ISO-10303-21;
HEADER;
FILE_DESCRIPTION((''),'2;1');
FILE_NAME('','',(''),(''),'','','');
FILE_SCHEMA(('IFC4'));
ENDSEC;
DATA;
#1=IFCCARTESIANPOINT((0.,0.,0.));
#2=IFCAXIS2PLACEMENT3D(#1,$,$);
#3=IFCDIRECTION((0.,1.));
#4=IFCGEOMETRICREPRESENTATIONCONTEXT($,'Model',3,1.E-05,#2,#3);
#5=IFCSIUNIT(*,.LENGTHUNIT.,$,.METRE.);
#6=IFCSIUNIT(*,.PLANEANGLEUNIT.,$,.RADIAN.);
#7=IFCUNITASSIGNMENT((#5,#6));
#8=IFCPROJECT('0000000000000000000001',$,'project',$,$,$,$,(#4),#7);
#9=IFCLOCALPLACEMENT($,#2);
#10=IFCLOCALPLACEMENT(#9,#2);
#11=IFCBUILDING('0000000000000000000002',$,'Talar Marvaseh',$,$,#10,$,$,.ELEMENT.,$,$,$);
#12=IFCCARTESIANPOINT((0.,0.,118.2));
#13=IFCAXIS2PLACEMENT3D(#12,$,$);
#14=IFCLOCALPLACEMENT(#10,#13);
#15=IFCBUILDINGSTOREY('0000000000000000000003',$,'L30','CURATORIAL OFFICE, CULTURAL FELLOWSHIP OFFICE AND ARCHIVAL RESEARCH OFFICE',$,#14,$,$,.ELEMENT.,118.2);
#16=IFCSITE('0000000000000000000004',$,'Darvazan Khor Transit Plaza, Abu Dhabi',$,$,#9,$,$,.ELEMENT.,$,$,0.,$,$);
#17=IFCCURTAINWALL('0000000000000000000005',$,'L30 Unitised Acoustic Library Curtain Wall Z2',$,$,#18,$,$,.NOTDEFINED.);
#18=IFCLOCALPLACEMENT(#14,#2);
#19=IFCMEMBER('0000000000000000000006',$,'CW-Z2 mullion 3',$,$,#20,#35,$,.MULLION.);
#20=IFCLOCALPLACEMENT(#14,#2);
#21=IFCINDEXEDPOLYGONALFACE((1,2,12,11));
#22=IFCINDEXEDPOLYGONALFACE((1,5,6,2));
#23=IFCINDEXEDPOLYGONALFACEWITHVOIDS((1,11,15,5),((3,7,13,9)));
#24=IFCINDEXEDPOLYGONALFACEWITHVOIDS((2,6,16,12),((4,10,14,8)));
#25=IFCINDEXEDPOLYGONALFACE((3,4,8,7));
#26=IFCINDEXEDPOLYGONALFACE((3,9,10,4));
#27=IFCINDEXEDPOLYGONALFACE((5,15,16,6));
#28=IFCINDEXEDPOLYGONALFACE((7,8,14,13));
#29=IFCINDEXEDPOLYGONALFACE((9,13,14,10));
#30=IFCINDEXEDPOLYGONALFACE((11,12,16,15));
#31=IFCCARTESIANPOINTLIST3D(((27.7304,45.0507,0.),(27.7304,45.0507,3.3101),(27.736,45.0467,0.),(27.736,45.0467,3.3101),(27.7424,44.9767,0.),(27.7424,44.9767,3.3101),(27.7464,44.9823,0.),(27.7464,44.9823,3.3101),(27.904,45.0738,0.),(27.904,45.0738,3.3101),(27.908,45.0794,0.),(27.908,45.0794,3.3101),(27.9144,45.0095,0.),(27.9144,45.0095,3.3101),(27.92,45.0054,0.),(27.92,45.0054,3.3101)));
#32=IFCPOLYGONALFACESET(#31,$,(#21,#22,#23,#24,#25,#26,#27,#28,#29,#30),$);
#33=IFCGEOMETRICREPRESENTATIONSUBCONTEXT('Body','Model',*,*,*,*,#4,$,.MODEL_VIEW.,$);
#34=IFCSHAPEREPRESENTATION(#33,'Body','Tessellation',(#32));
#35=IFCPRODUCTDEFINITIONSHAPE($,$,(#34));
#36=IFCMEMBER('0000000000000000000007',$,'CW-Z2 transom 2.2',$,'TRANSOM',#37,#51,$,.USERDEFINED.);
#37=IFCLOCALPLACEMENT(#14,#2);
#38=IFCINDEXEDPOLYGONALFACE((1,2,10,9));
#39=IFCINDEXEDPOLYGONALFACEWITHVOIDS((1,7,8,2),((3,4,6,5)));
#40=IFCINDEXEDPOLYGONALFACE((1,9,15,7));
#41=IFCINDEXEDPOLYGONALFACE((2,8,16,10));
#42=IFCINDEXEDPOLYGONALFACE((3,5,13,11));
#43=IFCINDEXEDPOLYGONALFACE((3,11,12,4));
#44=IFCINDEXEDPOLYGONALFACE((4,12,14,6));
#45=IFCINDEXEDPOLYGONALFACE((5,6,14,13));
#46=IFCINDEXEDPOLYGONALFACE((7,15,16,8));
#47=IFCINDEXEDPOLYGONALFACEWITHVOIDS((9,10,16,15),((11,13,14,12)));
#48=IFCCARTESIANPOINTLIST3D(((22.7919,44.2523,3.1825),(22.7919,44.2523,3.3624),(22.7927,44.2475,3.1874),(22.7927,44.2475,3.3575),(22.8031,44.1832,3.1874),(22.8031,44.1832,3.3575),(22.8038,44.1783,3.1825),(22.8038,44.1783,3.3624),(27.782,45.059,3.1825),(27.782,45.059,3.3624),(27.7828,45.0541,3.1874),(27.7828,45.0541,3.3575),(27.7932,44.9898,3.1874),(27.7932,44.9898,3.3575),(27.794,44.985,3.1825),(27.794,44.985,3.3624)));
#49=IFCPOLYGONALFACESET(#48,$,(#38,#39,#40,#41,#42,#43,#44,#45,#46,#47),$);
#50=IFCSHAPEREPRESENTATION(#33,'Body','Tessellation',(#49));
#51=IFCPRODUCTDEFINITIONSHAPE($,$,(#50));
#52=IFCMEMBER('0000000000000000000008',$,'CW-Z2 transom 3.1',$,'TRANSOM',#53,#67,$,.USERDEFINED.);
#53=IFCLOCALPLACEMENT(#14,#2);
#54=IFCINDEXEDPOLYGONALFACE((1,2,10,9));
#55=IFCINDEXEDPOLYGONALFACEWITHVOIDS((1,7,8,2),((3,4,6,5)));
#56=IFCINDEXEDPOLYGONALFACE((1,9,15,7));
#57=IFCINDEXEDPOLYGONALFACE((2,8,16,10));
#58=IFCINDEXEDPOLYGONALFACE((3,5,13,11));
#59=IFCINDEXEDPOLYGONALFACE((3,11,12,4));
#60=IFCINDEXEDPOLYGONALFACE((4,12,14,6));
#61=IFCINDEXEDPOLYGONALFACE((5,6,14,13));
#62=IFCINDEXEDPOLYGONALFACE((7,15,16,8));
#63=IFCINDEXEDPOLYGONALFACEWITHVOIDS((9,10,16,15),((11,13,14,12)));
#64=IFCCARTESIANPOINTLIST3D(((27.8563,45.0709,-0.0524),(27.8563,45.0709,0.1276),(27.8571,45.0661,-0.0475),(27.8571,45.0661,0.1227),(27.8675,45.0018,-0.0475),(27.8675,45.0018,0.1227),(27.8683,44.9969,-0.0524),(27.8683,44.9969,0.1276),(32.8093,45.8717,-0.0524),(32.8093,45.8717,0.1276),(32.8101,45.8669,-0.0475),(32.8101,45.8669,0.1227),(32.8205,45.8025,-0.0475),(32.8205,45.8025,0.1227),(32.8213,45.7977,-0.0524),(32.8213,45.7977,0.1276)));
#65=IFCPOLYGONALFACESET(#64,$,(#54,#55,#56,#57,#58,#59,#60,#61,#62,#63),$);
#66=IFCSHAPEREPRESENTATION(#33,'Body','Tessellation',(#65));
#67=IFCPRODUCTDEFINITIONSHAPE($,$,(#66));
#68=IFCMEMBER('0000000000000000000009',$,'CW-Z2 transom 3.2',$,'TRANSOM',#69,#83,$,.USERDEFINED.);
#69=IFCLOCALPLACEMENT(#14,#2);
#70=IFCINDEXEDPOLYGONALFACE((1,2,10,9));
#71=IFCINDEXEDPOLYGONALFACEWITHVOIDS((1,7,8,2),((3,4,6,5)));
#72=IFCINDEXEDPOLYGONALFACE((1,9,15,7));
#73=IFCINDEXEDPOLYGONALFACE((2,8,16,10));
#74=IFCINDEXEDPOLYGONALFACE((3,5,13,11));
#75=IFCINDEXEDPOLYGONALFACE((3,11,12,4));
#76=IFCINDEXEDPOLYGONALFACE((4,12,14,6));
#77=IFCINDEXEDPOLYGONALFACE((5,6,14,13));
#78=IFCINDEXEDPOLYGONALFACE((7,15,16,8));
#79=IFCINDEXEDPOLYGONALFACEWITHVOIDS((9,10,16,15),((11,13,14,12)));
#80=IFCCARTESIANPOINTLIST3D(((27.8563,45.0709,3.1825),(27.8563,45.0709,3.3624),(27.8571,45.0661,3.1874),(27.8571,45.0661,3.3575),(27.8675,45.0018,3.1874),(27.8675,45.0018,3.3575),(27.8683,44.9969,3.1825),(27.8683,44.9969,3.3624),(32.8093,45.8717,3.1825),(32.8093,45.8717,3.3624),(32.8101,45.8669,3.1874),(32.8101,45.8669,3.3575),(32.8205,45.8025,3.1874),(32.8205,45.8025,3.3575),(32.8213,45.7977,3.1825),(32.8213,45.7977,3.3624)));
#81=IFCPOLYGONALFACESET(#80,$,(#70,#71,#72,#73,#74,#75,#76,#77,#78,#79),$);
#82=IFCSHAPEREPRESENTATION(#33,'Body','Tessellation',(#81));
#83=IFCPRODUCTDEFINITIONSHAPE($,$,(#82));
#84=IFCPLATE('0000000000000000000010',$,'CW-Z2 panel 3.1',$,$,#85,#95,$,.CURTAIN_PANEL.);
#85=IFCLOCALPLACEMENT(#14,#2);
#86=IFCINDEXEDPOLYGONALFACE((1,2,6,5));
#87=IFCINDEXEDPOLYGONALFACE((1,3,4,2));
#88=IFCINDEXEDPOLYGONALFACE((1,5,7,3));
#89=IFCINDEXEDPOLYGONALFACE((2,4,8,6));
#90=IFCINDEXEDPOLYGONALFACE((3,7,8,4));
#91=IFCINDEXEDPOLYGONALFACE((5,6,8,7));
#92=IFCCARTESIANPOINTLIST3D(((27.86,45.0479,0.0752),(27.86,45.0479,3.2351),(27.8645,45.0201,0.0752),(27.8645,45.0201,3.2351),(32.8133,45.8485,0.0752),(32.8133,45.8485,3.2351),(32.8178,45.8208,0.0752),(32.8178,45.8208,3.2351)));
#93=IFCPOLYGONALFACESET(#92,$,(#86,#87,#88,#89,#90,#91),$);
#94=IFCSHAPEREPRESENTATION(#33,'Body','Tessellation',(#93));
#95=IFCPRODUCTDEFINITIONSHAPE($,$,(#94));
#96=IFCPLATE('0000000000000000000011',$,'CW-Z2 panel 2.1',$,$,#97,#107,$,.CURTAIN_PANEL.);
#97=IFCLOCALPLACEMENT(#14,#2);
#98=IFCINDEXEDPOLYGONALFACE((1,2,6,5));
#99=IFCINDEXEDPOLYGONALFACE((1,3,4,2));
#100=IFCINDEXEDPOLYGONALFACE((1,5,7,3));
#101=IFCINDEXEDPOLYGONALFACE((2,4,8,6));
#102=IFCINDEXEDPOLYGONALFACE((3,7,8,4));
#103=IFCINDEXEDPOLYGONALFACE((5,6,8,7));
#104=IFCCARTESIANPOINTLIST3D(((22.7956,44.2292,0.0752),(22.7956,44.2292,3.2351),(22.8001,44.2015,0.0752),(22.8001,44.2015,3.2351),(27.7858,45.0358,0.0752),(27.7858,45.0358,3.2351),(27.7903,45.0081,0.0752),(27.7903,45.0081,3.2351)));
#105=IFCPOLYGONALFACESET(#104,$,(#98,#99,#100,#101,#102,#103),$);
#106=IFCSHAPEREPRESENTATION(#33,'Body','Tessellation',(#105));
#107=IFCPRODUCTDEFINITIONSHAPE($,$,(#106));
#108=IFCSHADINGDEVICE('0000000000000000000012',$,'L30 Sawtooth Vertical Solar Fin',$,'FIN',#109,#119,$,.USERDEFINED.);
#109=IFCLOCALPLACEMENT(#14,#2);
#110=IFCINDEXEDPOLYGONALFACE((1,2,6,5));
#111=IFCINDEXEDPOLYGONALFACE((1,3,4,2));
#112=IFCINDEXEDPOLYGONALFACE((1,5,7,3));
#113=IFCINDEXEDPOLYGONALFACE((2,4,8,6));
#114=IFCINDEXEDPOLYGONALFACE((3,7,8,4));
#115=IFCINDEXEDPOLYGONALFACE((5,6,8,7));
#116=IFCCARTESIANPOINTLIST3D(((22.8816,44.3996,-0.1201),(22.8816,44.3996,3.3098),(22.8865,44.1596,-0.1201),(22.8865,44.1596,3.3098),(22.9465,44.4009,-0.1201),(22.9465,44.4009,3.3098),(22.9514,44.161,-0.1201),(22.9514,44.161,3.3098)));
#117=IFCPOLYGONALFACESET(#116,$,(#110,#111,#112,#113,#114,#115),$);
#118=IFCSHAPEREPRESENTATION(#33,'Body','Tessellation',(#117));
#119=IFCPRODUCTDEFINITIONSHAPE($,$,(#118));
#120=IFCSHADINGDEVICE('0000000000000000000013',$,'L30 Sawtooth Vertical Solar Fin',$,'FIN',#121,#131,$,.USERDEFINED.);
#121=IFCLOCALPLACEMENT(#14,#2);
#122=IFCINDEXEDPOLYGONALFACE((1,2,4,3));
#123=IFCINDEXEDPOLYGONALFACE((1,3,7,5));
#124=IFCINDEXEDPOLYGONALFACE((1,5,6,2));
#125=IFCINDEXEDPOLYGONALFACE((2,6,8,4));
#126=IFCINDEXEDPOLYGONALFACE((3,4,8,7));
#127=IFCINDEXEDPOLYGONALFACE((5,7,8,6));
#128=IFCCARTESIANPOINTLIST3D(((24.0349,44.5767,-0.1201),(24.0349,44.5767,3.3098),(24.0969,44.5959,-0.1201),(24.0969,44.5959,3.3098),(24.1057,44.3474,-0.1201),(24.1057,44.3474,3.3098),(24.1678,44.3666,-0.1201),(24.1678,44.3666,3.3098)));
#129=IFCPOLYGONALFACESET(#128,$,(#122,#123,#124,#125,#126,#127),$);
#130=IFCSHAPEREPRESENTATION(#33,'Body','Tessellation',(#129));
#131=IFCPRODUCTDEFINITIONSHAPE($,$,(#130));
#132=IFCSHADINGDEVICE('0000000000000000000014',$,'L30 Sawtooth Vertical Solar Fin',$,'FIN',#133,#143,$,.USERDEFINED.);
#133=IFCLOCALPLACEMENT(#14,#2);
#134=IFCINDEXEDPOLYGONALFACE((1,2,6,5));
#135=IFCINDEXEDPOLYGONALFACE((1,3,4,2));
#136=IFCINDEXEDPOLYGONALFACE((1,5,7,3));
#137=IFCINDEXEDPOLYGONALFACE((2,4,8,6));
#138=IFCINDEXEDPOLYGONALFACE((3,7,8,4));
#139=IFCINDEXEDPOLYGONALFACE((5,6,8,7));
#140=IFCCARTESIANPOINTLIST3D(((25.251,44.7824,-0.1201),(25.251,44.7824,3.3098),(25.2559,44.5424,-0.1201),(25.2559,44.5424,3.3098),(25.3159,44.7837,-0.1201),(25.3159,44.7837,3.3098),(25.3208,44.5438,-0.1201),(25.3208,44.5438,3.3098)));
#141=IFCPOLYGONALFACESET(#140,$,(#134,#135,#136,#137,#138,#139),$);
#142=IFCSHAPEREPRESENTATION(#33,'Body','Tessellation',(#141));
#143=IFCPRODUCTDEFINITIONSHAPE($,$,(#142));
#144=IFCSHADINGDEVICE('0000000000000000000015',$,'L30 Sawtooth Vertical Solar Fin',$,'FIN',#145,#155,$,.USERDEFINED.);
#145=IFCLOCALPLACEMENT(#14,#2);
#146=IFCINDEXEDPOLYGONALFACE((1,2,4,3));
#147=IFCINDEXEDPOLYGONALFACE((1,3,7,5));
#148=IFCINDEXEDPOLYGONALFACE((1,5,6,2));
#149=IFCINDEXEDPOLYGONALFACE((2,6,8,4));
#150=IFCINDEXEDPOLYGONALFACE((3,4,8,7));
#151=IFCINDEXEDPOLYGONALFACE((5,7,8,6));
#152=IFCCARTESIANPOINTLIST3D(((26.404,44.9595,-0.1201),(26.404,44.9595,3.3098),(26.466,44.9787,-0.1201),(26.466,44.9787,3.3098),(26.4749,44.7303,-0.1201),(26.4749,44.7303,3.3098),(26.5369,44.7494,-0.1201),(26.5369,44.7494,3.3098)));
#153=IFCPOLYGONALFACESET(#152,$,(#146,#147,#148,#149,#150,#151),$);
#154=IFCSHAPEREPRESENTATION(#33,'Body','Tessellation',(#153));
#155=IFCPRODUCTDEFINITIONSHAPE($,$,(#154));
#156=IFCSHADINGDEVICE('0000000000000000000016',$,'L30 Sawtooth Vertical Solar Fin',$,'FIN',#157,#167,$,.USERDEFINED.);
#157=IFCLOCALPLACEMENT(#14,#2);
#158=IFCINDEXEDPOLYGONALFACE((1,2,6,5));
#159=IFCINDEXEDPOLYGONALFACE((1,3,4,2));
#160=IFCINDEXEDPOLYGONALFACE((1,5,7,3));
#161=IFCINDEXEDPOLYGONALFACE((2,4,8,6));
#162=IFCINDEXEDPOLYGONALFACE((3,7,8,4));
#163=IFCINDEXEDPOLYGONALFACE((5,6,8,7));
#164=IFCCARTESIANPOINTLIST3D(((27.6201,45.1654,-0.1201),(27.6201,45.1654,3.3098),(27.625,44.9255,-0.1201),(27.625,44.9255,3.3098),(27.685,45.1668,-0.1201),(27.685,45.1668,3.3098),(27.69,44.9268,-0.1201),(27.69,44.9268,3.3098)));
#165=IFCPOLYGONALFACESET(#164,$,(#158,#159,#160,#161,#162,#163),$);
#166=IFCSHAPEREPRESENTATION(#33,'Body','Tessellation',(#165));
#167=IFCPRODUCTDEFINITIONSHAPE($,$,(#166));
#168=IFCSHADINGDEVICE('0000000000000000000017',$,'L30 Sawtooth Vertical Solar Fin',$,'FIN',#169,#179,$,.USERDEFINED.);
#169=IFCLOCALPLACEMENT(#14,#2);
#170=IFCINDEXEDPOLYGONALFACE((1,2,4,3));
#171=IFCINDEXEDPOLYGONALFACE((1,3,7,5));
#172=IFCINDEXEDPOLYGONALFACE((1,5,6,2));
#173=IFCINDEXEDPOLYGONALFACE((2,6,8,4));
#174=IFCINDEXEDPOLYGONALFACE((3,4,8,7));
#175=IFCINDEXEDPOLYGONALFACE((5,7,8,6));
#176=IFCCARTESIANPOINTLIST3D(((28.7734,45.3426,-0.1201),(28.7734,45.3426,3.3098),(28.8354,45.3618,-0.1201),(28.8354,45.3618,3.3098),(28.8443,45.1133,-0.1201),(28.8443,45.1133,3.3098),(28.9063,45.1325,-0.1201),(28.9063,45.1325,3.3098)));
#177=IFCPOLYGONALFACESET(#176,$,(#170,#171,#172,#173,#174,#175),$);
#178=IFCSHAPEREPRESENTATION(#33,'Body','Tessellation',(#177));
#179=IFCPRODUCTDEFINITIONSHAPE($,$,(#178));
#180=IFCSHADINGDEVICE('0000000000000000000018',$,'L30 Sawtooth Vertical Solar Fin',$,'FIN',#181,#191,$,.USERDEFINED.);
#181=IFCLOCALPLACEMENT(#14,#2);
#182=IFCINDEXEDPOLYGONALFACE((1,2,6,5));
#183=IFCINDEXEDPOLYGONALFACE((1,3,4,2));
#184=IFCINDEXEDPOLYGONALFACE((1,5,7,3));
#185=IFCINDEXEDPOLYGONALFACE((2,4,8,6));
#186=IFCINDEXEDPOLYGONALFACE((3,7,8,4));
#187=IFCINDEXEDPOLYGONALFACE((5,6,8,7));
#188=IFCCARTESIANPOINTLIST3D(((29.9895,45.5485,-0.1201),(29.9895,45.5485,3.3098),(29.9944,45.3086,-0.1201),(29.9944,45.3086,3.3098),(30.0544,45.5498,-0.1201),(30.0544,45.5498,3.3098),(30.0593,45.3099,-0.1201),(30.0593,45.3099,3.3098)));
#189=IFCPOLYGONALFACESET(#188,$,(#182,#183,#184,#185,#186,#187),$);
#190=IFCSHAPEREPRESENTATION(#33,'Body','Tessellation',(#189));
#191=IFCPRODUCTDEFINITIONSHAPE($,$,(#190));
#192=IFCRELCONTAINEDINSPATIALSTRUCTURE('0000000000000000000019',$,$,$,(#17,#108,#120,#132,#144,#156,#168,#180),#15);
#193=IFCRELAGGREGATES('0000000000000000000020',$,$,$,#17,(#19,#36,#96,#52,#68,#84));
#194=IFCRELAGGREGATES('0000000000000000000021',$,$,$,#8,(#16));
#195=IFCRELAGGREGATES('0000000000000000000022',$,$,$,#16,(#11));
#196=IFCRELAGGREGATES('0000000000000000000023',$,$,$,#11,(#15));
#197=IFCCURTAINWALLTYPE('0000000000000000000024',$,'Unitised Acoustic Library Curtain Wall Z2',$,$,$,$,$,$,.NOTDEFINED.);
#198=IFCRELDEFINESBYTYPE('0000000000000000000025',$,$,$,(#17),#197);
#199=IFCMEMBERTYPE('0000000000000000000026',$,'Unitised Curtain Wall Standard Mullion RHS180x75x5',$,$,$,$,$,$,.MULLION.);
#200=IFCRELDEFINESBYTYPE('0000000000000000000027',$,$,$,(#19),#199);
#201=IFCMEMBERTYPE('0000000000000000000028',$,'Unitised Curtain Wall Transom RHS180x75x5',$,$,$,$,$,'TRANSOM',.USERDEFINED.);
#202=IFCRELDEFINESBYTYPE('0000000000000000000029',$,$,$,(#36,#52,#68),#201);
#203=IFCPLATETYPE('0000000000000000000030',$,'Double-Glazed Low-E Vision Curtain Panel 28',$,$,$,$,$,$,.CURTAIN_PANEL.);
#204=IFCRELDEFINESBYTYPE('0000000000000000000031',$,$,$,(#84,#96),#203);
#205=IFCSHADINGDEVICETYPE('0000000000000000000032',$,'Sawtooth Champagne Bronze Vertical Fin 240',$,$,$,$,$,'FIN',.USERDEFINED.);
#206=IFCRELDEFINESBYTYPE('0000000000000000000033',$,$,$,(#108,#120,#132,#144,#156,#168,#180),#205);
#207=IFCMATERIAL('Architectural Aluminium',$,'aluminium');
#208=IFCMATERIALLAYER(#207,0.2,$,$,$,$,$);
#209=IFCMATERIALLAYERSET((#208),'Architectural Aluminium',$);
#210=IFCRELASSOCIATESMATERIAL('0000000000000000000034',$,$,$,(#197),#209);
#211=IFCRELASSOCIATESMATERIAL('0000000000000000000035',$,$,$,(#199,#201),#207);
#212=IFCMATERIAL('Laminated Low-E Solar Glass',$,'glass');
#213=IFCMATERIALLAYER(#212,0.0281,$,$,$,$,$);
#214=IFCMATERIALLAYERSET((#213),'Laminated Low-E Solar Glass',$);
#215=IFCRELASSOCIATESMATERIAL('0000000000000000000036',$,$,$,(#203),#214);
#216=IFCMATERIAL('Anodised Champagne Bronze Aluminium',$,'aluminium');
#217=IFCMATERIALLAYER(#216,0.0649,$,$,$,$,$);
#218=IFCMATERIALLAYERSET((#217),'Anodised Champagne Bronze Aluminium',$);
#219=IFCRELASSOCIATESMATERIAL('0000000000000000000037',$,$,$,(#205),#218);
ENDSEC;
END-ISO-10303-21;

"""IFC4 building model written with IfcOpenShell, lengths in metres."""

from ifc_helpers import new_model, si_unit, direction, frame, origin, origin_2d, place, context, subcontext, project, spatial, rectangle, hollow_rectangle, extrude, source, transform, mapped, material, layer, layer_set, material_profile, profile_set, type_object, type_shapes, element, aggregate, save


model = new_model("IFC4")

# Units and contexts
model_context = context("Model", 3, precision=1e-05, world=origin(), true_north=direction((0.0, 1.0)))
body_context = subcontext(model_context, "Body", "Model", "MODEL_VIEW")
ifc_project = project(units=[si_unit("LENGTHUNIT", "METRE"), si_unit("PLANEANGLEUNIT", "RADIAN")], contexts=[model_context])

# Site, building, storey
site_placement = place(None, origin())
site = spatial("IfcSite", under=ifc_project, at=site_placement, Name="Darvazan Khor Transit Plaza, Abu Dhabi", CompositionType="ELEMENT", RefElevation=0.0)
building_placement = place(site_placement, origin())
building = spatial("IfcBuilding", under=site, at=building_placement, Name="Talar Marvaseh", CompositionType="ELEMENT")
storey_placement = place(building_placement, frame((0.0, 0.0, 118.2)))
storey = spatial("IfcBuildingStorey", under=building, at=storey_placement, Name="L30", Description="CURATORIAL OFFICE, CULTURAL FELLOWSHIP OFFICE AND ARCHIVAL RESEARCH OFFICE", CompositionType="ELEMENT", Elevation=118.2)

# Curtain wall, members, plates
ifc_material_1 = material(Name="Architectural Aluminium", Category="aluminium")
ifc_layer_1 = layer(ifc_material_1, 0.2)
ifc_layer_set_1 = layer_set([ifc_layer_1], Name="Architectural Aluminium")
curtain_wall_type = type_object("IfcCurtainWallType", Name="Unitised Acoustic Library Curtain Wall Z2", PredefinedType="NOTDEFINED", material=ifc_layer_set_1)
curtain_wall_placement = place(storey_placement, origin())
curtain_wall = element("IfcCurtainWall", 1, at=curtain_wall_placement, inside=storey, type_object=curtain_wall_type, Name="L30 Unitised Acoustic Library Curtain Wall Z2", PredefinedType="NOTDEFINED")
ifc_material_profile_1 = material_profile(ifc_material_1, hollow_rectangle(XDim=0.075, YDim=0.1799, WallThickness=0.0049, at=origin_2d()), Name="RHS180x75x5")
ifc_profile_set_1 = profile_set([ifc_material_profile_1], Name="Architectural Aluminium")
member_type_1 = type_object("IfcMemberType", Name="Unitised Curtain Wall Standard Mullion RHS180x75x5", PredefinedType="MULLION", material=ifc_profile_set_1)
shared_shape_1 = source(origin(), body_context, "Body", "SweptSolid", [
    extrude(hollow_rectangle(XDim=0.075, YDim=0.1799, WallThickness=0.0049, at=origin_2d()), origin(), (0.0, 0.0, 1.0), 3.3101),
])
type_shapes(member_type_1, [shared_shape_1])
member_1_placement = place(storey_placement, frame((27.8252, 45.0281, 0.0), z_axis=(0.0, 0.0, 1.0), x_axis=(-0.15957, 0.987187, 0.0)))
member_1 = element("IfcMember", 2, at=member_1_placement, type_object=member_type_1, Name="CW-Z2 mullion 3", PredefinedType="MULLION", context=body_context, shape_type="MappedRepresentation", body=[
    mapped(shared_shape_1, transform((0.0, 0.0, 0.0), x_axis=(1.0, 0.0, 0.0), y_axis=(0.0, 1.0, 0.0), z_axis=(0.0, 0.0, 1.0), scale=1.0)),
])
ifc_material_profile_2 = material_profile(ifc_material_1, hollow_rectangle(XDim=0.075, YDim=0.1799, WallThickness=0.0049, at=origin_2d()), Name="RHS180x75x5")
ifc_profile_set_2 = profile_set([ifc_material_profile_2], Name="Architectural Aluminium")
member_type_2 = type_object("IfcMemberType", Name="Unitised Curtain Wall Transom RHS180x75x5", ElementType="TRANSOM", PredefinedType="USERDEFINED", material=ifc_profile_set_2)
shared_shape_2 = source(origin(), body_context, "Body", "SweptSolid", [
    extrude(hollow_rectangle(XDim=0.075, YDim=0.1799, WallThickness=0.0049, at=origin_2d()), origin(), (0.0, 0.0, 1.0), 5.0549),
])
member_2_placement = place(storey_placement, frame((22.7979, 44.2153, 3.2725), z_axis=(0.987186, 0.159573, 0.0), x_axis=(-0.159573, 0.987186, 0.0)))
member_2 = element("IfcMember", 3, at=member_2_placement, type_object=member_type_2, Name="CW-Z2 transom 2.2", ObjectType="TRANSOM", PredefinedType="USERDEFINED", context=body_context, shape_type="MappedRepresentation", body=[
    mapped(shared_shape_2, transform((0.0, 0.0, 0.0), x_axis=(1.0, 0.0, 0.0), y_axis=(0.0, 1.0, 0.0), z_axis=(0.0, 0.0, 1.0), scale=1.0)),
])
shared_shape_3 = source(origin(), body_context, "Body", "SweptSolid", [
    extrude(hollow_rectangle(XDim=0.075, YDim=0.1799, WallThickness=0.0049, at=origin_2d()), origin(), (0.0, 0.0, 1.0), 5.0173),
])
type_shapes(member_type_2, [shared_shape_2, shared_shape_3])
member_3_placement = place(storey_placement, frame((27.8623, 45.0339, 0.0376), z_axis=(0.987182, 0.1596, 0.0), x_axis=(-0.1596, 0.987182, 0.0)))
member_3 = element("IfcMember", 4, at=member_3_placement, type_object=member_type_2, Name="CW-Z2 transom 3.1", ObjectType="TRANSOM", PredefinedType="USERDEFINED", context=body_context, shape_type="MappedRepresentation", body=[
    mapped(shared_shape_3, transform((0.0, 0.0, 0.0), x_axis=(1.0, 0.0, 0.0), y_axis=(0.0, 1.0, 0.0), z_axis=(0.0, 0.0, 1.0), scale=1.0)),
])
member_4_placement = place(storey_placement, frame((27.8623, 45.0339, 3.2725), z_axis=(0.987182, 0.1596, 0.0), x_axis=(-0.1596, 0.987182, 0.0)))
member_4 = element("IfcMember", 5, at=member_4_placement, type_object=member_type_2, Name="CW-Z2 transom 3.2", ObjectType="TRANSOM", PredefinedType="USERDEFINED", context=body_context, shape_type="MappedRepresentation", body=[
    mapped(shared_shape_3, transform((0.0, 0.0, 0.0), x_axis=(1.0, 0.0, 0.0), y_axis=(0.0, 1.0, 0.0), z_axis=(0.0, 0.0, 1.0), scale=1.0)),
])
ifc_material_2 = material(Name="Laminated Low-E Solar Glass", Category="glass")
ifc_layer_2 = layer(ifc_material_2, 0.0281)
ifc_layer_set_2 = layer_set([ifc_layer_2], Name="Laminated Low-E Solar Glass")
plate_type = type_object("IfcPlateType", Name="Double-Glazed Low-E Vision Curtain Panel 28", PredefinedType="CURTAIN_PANEL", material=ifc_layer_set_2)
shared_shape_4 = source(origin(), body_context, "Body", "SweptSolid", [
    extrude(rectangle(XDim=5.0176, YDim=0.0281, at=origin_2d()), origin(), (0.0, 0.0, 1.0), 3.1599),
])
plate_1_placement = place(storey_placement, frame((30.3389, 45.4343, 0.0752), z_axis=(0.0, 0.0, 1.0), x_axis=(0.987187, 0.15957, 0.0)))
plate_1 = element("IfcPlate", 6, at=plate_1_placement, type_object=plate_type, Name="CW-Z2 panel 3.1", PredefinedType="CURTAIN_PANEL", context=body_context, shape_type="MappedRepresentation", body=[
    mapped(shared_shape_4, transform((0.0, 0.0, 0.0), x_axis=(1.0, 0.0, 0.0), y_axis=(0.0, 1.0, 0.0), z_axis=(0.0, 0.0, 1.0), scale=1.0)),
])
shared_shape_5 = source(origin(), body_context, "Body", "SweptSolid", [
    extrude(rectangle(XDim=5.0549, YDim=0.0281, at=origin_2d()), origin(), (0.0, 0.0, 1.0), 3.1599),
])
type_shapes(plate_type, [shared_shape_4, shared_shape_5])
plate_2_placement = place(storey_placement, frame((25.293, 44.6187, 0.0752), z_axis=(0.0, 0.0, 1.0), x_axis=(0.987187, 0.15957, 0.0)))
plate_2 = element("IfcPlate", 7, at=plate_2_placement, type_object=plate_type, Name="CW-Z2 panel 2.1", PredefinedType="CURTAIN_PANEL", context=body_context, shape_type="MappedRepresentation", body=[
    mapped(shared_shape_5, transform((0.0, 0.0, 0.0), x_axis=(1.0, 0.0, 0.0), y_axis=(0.0, 1.0, 0.0), z_axis=(0.0, 0.0, 1.0), scale=1.0)),
])
aggregate(curtain_wall, [member_1, member_2, plate_2, member_3, member_4, plate_1])

# Shading devices
ifc_material_3 = material(Name="Anodised Champagne Bronze Aluminium", Category="aluminium")
ifc_layer_3 = layer(ifc_material_3, 0.0649)
ifc_layer_set_3 = layer_set([ifc_layer_3], Name="Anodised Champagne Bronze Aluminium")
shading_device_type = type_object("IfcShadingDeviceType", Name="Sawtooth Champagne Bronze Vertical Fin 240", ElementType="FIN", PredefinedType="USERDEFINED", material=ifc_layer_set_3)
shared_shape_6 = source(origin(), body_context, "Body", "SweptSolid", [
    extrude(rectangle(XDim=0.24, YDim=0.0649, at=origin_2d()), origin(), (0.0, 0.0, 1.0), 3.4299),
])
type_shapes(shading_device_type, [shared_shape_6])
for number, where, z_axis, x_axis, name in (
    (8, (22.9165, 44.2803, -0.1201), (0.0, 0.0, 1.0), (-0.020593, 0.999788, 0.0), "L30 Sawtooth Vertical Solar Fin"),
    (9, (24.1013, 44.4717, -0.1201), (0.0, 0.0, 1.0), (-0.295375, 0.955382, 0.0), "L30 Sawtooth Vertical Solar Fin"),
    (10, (25.2859, 44.6631, -0.1201), (0.0, 0.0, 1.0), (-0.020593, 0.999788, 0.0), "L30 Sawtooth Vertical Solar Fin"),
    (11, (26.4705, 44.8545, -0.1201), (0.0, 0.0, 1.0), (-0.295375, 0.955382, 0.0), "L30 Sawtooth Vertical Solar Fin"),
    (12, (27.655, 45.0461, -0.1201), (0.0, 0.0, 1.0), (-0.020593, 0.999788, 0.0), "L30 Sawtooth Vertical Solar Fin"),
    (13, (28.8398, 45.2375, -0.1201), (0.0, 0.0, 1.0), (-0.295375, 0.955382, 0.0), "L30 Sawtooth Vertical Solar Fin"),
    (14, (30.0244, 45.4292, -0.1201), (0.0, 0.0, 1.0), (-0.020593, 0.999788, 0.0), "L30 Sawtooth Vertical Solar Fin"),
):
    element("IfcShadingDevice", number, at=place(storey_placement, frame(where, z_axis=z_axis, x_axis=x_axis)), inside=storey, type_object=shading_device_type, Name=name, ObjectType="FIN", PredefinedType="USERDEFINED", context=body_context, shape_type="MappedRepresentation", body=[
        mapped(shared_shape_6, transform((0.0, 0.0, 0.0), x_axis=(1.0, 0.0, 0.0), y_axis=(0.0, 1.0, 0.0), z_axis=(0.0, 0.0, 1.0), scale=1.0)),
    ])

save(model, "model.ifc")
